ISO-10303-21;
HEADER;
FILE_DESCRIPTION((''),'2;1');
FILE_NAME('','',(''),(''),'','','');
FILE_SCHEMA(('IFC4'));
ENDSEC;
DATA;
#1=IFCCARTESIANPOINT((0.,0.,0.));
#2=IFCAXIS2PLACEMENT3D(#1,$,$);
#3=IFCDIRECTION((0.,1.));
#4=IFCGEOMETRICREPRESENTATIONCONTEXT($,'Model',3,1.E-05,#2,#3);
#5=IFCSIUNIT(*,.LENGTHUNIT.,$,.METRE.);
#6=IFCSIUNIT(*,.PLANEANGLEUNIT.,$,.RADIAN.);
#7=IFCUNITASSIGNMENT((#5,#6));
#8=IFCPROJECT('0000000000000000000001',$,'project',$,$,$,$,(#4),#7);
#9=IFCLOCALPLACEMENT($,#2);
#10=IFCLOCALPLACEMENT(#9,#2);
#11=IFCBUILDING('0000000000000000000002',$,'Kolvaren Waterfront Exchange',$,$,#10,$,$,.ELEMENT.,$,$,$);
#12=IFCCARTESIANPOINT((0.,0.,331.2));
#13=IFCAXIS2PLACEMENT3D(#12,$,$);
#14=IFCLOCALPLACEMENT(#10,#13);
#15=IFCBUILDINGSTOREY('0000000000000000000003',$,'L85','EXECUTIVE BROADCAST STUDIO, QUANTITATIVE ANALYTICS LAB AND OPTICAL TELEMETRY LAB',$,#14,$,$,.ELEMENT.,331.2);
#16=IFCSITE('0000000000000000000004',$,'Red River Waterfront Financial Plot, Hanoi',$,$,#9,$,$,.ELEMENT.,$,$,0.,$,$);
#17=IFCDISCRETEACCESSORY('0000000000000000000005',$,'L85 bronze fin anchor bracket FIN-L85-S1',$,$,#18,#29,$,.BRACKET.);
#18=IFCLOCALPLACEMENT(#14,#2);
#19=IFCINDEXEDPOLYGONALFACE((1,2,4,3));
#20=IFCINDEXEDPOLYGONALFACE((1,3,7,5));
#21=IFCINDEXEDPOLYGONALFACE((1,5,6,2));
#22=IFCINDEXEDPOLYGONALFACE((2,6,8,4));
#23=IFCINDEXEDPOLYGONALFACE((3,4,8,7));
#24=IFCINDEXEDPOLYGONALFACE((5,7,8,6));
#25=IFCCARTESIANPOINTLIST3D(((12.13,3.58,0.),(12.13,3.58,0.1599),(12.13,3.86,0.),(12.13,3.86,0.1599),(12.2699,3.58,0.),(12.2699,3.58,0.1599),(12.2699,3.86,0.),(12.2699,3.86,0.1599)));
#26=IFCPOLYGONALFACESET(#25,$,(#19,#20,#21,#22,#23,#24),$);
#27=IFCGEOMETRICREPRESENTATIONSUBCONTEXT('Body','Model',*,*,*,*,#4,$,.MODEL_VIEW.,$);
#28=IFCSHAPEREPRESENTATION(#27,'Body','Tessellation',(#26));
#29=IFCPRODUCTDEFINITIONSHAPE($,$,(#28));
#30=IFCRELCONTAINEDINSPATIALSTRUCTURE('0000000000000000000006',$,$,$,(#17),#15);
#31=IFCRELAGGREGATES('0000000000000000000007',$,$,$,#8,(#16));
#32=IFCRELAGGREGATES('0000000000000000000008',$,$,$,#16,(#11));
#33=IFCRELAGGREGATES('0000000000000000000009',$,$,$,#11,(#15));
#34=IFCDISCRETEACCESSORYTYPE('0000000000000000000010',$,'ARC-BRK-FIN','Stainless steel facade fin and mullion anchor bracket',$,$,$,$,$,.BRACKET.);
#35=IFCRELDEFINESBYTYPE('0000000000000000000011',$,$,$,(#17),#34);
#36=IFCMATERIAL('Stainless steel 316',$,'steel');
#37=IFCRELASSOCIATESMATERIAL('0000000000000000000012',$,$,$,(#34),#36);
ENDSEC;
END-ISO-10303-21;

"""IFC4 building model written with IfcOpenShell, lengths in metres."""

from ifc_helpers import new_model, si_unit, direction, frame, origin, origin_with_axes, origin_2d, place, context, subcontext, project, spatial, rectangle, extrude, source, transform, mapped, material, type_object, element, save


model = new_model("IFC4")

# Units and contexts
model_context = context("Model", 3, precision=1e-05, world=origin(), true_north=direction((0.0, 1.0)))
body_context = subcontext(model_context, "Body", "Model", "MODEL_VIEW")
ifc_project = project(units=[si_unit("LENGTHUNIT", "METRE"), si_unit("PLANEANGLEUNIT", "RADIAN")], contexts=[model_context])

# Site, building, storey
site_placement = place(None, origin())
site = spatial("IfcSite", under=ifc_project, at=site_placement, Name="Red River Waterfront Financial Plot, Hanoi", CompositionType="ELEMENT", RefElevation=0.0)
building_placement = place(site_placement, origin())
building = spatial("IfcBuilding", under=site, at=building_placement, Name="Kolvaren Waterfront Exchange", CompositionType="ELEMENT")
storey_placement = place(building_placement, frame((0.0, 0.0, 331.2)))
storey = spatial("IfcBuildingStorey", under=building, at=storey_placement, Name="L85", Description="EXECUTIVE BROADCAST STUDIO, QUANTITATIVE ANALYTICS LAB AND OPTICAL TELEMETRY LAB", CompositionType="ELEMENT", Elevation=331.2)

# Discrete accessory
ifc_material_1 = material(Name="Stainless steel 316", Category="steel")
discrete_accessory_type = type_object("IfcDiscreteAccessoryType", Name="ARC-BRK-FIN", Description="Stainless steel facade fin and mullion anchor bracket", PredefinedType="BRACKET", material=ifc_material_1)
shared_shape_1 = source(origin_with_axes(), body_context, "Body", "SweptSolid", [
    extrude(rectangle(XDim=0.28, YDim=0.1399, at=origin_2d()), origin(), (0.0, 0.0, 1.0), 0.1599),
])
discrete_accessory_placement = place(storey_placement, frame((12.2, 3.72, 0.0), z_axis=(0.0, 0.0, 1.0), x_axis=(0.0, -1.0, 0.0)))
element("IfcDiscreteAccessory", 1, at=discrete_accessory_placement, inside=storey, type_object=discrete_accessory_type, Name="L85 bronze fin anchor bracket FIN-L85-S1", PredefinedType="BRACKET", context=body_context, shape_type="MappedRepresentation", body=[
    mapped(shared_shape_1, transform((0.0, 0.0, 0.0), x_axis=(1.0, 0.0, 0.0), y_axis=(0.0, 1.0, 0.0), z_axis=(0.0, 0.0, 1.0), scale=1.0)),
])

save(model, "model.ifc")
